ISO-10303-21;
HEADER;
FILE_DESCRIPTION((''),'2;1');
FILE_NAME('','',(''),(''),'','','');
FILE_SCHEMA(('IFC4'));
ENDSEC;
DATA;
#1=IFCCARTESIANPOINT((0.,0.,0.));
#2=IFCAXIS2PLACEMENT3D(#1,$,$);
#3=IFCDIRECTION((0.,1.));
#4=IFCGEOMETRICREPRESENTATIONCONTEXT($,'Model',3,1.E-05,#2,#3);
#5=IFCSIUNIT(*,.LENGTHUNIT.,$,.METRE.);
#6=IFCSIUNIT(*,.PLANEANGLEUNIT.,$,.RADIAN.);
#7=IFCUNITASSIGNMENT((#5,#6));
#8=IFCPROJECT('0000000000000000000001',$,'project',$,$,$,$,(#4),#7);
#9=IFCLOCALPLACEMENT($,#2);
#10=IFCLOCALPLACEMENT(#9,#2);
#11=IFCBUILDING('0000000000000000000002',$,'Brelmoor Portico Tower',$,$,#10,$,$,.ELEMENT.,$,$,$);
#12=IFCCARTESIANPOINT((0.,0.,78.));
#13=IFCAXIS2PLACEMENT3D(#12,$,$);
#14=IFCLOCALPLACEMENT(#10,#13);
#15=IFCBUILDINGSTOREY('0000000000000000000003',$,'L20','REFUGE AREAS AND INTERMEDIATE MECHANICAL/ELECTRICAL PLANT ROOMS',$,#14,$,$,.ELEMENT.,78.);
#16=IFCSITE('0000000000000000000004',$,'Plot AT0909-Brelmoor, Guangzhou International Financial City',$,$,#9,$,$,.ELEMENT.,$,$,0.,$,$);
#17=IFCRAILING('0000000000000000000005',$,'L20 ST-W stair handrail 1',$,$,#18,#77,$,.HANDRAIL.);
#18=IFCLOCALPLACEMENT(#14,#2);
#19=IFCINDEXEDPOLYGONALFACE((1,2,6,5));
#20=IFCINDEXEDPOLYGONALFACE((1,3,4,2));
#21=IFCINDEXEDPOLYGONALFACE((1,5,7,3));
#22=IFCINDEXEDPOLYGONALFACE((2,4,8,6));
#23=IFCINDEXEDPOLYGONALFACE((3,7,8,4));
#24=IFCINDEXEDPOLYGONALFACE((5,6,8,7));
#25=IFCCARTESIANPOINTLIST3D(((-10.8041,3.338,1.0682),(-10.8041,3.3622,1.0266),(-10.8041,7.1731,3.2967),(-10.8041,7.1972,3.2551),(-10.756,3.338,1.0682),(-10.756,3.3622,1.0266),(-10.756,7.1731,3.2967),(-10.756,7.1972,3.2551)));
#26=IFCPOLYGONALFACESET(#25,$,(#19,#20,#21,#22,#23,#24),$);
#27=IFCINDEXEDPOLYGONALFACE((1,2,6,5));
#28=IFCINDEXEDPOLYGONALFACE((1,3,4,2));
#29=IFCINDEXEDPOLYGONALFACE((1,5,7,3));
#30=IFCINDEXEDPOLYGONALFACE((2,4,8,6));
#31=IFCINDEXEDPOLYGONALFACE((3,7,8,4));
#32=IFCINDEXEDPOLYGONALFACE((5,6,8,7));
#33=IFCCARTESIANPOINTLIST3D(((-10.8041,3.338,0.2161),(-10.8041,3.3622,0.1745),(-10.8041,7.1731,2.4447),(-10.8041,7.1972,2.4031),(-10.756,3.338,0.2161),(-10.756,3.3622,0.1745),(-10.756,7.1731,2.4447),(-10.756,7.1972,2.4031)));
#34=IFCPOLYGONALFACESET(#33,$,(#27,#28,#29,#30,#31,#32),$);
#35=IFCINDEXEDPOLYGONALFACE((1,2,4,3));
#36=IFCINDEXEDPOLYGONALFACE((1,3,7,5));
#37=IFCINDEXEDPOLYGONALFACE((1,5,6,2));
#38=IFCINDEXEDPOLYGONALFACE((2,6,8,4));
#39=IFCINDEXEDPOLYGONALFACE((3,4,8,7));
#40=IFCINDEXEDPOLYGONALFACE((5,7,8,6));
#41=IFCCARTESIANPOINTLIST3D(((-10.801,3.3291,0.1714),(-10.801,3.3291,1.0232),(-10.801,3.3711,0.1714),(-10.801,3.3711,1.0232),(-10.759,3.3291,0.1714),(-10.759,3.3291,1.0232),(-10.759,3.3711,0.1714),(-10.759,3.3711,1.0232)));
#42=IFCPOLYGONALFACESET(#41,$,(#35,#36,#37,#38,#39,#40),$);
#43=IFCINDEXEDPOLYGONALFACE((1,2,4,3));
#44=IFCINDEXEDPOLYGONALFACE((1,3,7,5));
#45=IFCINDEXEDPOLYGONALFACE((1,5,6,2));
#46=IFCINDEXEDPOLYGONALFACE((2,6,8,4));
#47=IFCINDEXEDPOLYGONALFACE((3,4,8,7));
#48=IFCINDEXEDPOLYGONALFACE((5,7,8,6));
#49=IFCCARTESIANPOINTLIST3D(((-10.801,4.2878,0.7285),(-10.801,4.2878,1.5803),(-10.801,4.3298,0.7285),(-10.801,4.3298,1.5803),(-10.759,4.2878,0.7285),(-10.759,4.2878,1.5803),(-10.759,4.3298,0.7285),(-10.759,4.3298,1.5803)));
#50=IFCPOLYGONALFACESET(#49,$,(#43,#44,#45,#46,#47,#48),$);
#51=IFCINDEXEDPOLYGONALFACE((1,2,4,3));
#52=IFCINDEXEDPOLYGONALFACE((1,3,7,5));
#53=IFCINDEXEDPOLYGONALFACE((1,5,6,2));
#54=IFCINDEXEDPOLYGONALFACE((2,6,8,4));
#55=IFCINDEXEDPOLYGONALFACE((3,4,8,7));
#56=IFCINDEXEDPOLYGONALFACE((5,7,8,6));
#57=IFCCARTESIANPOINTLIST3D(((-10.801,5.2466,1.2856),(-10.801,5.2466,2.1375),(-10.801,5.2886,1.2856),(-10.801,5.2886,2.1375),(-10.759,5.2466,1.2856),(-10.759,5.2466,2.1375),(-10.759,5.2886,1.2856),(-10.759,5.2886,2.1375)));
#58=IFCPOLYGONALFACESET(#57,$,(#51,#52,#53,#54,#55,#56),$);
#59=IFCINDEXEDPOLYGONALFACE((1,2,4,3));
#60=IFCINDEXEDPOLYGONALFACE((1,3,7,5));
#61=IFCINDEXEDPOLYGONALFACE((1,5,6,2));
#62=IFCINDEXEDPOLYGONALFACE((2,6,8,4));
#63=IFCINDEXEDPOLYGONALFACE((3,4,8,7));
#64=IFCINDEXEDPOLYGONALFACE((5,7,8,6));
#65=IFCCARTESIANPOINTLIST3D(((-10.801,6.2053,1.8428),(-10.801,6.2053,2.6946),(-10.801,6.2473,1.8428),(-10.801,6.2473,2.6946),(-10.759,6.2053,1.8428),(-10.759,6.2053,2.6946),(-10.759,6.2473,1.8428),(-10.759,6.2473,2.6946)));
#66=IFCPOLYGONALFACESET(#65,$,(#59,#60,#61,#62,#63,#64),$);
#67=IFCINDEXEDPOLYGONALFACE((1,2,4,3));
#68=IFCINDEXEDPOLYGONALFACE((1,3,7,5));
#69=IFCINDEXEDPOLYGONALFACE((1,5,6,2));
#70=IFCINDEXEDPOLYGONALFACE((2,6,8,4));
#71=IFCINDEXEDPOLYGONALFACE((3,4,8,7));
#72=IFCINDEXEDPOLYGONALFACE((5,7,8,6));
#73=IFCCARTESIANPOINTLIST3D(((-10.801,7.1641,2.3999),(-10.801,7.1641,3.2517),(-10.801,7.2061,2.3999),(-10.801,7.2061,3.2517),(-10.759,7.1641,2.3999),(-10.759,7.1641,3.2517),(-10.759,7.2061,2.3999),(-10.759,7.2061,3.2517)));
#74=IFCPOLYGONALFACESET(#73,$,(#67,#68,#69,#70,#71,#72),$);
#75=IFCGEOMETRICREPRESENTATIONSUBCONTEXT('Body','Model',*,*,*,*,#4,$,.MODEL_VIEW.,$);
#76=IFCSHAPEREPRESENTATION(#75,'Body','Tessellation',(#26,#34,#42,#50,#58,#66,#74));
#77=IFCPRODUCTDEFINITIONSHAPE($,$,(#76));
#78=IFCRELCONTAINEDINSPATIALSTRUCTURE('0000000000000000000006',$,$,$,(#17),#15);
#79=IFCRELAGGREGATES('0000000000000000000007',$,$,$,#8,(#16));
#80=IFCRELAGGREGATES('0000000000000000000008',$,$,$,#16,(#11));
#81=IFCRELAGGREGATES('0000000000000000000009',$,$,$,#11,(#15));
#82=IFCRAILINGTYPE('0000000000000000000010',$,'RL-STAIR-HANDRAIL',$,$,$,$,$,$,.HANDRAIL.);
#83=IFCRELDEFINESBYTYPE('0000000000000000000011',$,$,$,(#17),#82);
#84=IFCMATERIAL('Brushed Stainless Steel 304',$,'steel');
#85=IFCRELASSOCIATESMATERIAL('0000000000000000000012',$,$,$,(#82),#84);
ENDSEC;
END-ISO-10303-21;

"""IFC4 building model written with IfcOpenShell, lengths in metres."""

from ifc_helpers import new_model, si_unit, direction, frame, origin, origin_2d, place, context, subcontext, project, spatial, rectangle, extrude, material, type_object, element, save


model = new_model("IFC4")

# Units and contexts
model_context = context("Model", 3, precision=1e-05, world=origin(), true_north=direction((0.0, 1.0)))
body_context = subcontext(model_context, "Body", "Model", "MODEL_VIEW")
ifc_project = project(units=[si_unit("LENGTHUNIT", "METRE"), si_unit("PLANEANGLEUNIT", "RADIAN")], contexts=[model_context])

# Site, building, storey
site_placement = place(None, origin())
site = spatial("IfcSite", under=ifc_project, at=site_placement, Name="Plot AT0909-Brelmoor, Guangzhou International Financial City", CompositionType="ELEMENT", RefElevation=0.0)
building_placement = place(site_placement, origin())
building = spatial("IfcBuilding", under=site, at=building_placement, Name="Brelmoor Portico Tower", CompositionType="ELEMENT")
storey_placement = place(building_placement, frame((0.0, 0.0, 78.0)))
storey = spatial("IfcBuildingStorey", under=building, at=storey_placement, Name="L20", Description="REFUGE AREAS AND INTERMEDIATE MECHANICAL/ELECTRICAL PLANT ROOMS", CompositionType="ELEMENT", Elevation=78.0)

# Railing
ifc_material_1 = material(Name="Brushed Stainless Steel 304", Category="steel")
railing_type = type_object("IfcRailingType", Name="RL-STAIR-HANDRAIL", PredefinedType="HANDRAIL", material=ifc_material_1)
railing_placement = place(storey_placement, frame((-10.78, 3.3501, 0.1714)))
element("IfcRailing", 1, at=railing_placement, inside=storey, type_object=railing_type, Name="L20 ST-W stair handrail 1", PredefinedType="HANDRAIL", context=body_context, shape_type="SweptSolid", body=[
    extrude(rectangle(XDim=0.0481, YDim=0.0481, at=origin_2d()), frame((0.0, 0.0, 0.876), z_axis=(0.0, 0.864616, 0.502433), x_axis=(-1.0, 0.0, 0.0)), (0.0, 0.0, 1.0), 4.4355),
    extrude(rectangle(XDim=0.0481, YDim=0.0481, at=origin_2d()), frame((0.0, 0.0, 0.0239), z_axis=(0.0, 0.864616, 0.502433), x_axis=(-1.0, 0.0, 0.0)), (0.0, 0.0, 1.0), 4.4355),
    extrude(rectangle(XDim=0.042, YDim=0.042, at=origin_2d()), origin(), (0.0, 0.0, 1.0), 0.8518),
    extrude(rectangle(XDim=0.042, YDim=0.042, at=origin_2d()), frame((0.0, 0.9587, 0.5571)), (0.0, 0.0, 1.0), 0.8518),
    extrude(rectangle(XDim=0.042, YDim=0.042, at=origin_2d()), frame((0.0, 1.9175, 1.1143)), (0.0, 0.0, 1.0), 0.8518),
    extrude(rectangle(XDim=0.042, YDim=0.042, at=origin_2d()), frame((0.0, 2.8762, 1.6714)), (0.0, 0.0, 1.0), 0.8518),
    extrude(rectangle(XDim=0.042, YDim=0.042, at=origin_2d()), frame((0.0, 3.835, 2.2285)), (0.0, 0.0, 1.0), 0.8518),
])

save(model, "model.ifc")
